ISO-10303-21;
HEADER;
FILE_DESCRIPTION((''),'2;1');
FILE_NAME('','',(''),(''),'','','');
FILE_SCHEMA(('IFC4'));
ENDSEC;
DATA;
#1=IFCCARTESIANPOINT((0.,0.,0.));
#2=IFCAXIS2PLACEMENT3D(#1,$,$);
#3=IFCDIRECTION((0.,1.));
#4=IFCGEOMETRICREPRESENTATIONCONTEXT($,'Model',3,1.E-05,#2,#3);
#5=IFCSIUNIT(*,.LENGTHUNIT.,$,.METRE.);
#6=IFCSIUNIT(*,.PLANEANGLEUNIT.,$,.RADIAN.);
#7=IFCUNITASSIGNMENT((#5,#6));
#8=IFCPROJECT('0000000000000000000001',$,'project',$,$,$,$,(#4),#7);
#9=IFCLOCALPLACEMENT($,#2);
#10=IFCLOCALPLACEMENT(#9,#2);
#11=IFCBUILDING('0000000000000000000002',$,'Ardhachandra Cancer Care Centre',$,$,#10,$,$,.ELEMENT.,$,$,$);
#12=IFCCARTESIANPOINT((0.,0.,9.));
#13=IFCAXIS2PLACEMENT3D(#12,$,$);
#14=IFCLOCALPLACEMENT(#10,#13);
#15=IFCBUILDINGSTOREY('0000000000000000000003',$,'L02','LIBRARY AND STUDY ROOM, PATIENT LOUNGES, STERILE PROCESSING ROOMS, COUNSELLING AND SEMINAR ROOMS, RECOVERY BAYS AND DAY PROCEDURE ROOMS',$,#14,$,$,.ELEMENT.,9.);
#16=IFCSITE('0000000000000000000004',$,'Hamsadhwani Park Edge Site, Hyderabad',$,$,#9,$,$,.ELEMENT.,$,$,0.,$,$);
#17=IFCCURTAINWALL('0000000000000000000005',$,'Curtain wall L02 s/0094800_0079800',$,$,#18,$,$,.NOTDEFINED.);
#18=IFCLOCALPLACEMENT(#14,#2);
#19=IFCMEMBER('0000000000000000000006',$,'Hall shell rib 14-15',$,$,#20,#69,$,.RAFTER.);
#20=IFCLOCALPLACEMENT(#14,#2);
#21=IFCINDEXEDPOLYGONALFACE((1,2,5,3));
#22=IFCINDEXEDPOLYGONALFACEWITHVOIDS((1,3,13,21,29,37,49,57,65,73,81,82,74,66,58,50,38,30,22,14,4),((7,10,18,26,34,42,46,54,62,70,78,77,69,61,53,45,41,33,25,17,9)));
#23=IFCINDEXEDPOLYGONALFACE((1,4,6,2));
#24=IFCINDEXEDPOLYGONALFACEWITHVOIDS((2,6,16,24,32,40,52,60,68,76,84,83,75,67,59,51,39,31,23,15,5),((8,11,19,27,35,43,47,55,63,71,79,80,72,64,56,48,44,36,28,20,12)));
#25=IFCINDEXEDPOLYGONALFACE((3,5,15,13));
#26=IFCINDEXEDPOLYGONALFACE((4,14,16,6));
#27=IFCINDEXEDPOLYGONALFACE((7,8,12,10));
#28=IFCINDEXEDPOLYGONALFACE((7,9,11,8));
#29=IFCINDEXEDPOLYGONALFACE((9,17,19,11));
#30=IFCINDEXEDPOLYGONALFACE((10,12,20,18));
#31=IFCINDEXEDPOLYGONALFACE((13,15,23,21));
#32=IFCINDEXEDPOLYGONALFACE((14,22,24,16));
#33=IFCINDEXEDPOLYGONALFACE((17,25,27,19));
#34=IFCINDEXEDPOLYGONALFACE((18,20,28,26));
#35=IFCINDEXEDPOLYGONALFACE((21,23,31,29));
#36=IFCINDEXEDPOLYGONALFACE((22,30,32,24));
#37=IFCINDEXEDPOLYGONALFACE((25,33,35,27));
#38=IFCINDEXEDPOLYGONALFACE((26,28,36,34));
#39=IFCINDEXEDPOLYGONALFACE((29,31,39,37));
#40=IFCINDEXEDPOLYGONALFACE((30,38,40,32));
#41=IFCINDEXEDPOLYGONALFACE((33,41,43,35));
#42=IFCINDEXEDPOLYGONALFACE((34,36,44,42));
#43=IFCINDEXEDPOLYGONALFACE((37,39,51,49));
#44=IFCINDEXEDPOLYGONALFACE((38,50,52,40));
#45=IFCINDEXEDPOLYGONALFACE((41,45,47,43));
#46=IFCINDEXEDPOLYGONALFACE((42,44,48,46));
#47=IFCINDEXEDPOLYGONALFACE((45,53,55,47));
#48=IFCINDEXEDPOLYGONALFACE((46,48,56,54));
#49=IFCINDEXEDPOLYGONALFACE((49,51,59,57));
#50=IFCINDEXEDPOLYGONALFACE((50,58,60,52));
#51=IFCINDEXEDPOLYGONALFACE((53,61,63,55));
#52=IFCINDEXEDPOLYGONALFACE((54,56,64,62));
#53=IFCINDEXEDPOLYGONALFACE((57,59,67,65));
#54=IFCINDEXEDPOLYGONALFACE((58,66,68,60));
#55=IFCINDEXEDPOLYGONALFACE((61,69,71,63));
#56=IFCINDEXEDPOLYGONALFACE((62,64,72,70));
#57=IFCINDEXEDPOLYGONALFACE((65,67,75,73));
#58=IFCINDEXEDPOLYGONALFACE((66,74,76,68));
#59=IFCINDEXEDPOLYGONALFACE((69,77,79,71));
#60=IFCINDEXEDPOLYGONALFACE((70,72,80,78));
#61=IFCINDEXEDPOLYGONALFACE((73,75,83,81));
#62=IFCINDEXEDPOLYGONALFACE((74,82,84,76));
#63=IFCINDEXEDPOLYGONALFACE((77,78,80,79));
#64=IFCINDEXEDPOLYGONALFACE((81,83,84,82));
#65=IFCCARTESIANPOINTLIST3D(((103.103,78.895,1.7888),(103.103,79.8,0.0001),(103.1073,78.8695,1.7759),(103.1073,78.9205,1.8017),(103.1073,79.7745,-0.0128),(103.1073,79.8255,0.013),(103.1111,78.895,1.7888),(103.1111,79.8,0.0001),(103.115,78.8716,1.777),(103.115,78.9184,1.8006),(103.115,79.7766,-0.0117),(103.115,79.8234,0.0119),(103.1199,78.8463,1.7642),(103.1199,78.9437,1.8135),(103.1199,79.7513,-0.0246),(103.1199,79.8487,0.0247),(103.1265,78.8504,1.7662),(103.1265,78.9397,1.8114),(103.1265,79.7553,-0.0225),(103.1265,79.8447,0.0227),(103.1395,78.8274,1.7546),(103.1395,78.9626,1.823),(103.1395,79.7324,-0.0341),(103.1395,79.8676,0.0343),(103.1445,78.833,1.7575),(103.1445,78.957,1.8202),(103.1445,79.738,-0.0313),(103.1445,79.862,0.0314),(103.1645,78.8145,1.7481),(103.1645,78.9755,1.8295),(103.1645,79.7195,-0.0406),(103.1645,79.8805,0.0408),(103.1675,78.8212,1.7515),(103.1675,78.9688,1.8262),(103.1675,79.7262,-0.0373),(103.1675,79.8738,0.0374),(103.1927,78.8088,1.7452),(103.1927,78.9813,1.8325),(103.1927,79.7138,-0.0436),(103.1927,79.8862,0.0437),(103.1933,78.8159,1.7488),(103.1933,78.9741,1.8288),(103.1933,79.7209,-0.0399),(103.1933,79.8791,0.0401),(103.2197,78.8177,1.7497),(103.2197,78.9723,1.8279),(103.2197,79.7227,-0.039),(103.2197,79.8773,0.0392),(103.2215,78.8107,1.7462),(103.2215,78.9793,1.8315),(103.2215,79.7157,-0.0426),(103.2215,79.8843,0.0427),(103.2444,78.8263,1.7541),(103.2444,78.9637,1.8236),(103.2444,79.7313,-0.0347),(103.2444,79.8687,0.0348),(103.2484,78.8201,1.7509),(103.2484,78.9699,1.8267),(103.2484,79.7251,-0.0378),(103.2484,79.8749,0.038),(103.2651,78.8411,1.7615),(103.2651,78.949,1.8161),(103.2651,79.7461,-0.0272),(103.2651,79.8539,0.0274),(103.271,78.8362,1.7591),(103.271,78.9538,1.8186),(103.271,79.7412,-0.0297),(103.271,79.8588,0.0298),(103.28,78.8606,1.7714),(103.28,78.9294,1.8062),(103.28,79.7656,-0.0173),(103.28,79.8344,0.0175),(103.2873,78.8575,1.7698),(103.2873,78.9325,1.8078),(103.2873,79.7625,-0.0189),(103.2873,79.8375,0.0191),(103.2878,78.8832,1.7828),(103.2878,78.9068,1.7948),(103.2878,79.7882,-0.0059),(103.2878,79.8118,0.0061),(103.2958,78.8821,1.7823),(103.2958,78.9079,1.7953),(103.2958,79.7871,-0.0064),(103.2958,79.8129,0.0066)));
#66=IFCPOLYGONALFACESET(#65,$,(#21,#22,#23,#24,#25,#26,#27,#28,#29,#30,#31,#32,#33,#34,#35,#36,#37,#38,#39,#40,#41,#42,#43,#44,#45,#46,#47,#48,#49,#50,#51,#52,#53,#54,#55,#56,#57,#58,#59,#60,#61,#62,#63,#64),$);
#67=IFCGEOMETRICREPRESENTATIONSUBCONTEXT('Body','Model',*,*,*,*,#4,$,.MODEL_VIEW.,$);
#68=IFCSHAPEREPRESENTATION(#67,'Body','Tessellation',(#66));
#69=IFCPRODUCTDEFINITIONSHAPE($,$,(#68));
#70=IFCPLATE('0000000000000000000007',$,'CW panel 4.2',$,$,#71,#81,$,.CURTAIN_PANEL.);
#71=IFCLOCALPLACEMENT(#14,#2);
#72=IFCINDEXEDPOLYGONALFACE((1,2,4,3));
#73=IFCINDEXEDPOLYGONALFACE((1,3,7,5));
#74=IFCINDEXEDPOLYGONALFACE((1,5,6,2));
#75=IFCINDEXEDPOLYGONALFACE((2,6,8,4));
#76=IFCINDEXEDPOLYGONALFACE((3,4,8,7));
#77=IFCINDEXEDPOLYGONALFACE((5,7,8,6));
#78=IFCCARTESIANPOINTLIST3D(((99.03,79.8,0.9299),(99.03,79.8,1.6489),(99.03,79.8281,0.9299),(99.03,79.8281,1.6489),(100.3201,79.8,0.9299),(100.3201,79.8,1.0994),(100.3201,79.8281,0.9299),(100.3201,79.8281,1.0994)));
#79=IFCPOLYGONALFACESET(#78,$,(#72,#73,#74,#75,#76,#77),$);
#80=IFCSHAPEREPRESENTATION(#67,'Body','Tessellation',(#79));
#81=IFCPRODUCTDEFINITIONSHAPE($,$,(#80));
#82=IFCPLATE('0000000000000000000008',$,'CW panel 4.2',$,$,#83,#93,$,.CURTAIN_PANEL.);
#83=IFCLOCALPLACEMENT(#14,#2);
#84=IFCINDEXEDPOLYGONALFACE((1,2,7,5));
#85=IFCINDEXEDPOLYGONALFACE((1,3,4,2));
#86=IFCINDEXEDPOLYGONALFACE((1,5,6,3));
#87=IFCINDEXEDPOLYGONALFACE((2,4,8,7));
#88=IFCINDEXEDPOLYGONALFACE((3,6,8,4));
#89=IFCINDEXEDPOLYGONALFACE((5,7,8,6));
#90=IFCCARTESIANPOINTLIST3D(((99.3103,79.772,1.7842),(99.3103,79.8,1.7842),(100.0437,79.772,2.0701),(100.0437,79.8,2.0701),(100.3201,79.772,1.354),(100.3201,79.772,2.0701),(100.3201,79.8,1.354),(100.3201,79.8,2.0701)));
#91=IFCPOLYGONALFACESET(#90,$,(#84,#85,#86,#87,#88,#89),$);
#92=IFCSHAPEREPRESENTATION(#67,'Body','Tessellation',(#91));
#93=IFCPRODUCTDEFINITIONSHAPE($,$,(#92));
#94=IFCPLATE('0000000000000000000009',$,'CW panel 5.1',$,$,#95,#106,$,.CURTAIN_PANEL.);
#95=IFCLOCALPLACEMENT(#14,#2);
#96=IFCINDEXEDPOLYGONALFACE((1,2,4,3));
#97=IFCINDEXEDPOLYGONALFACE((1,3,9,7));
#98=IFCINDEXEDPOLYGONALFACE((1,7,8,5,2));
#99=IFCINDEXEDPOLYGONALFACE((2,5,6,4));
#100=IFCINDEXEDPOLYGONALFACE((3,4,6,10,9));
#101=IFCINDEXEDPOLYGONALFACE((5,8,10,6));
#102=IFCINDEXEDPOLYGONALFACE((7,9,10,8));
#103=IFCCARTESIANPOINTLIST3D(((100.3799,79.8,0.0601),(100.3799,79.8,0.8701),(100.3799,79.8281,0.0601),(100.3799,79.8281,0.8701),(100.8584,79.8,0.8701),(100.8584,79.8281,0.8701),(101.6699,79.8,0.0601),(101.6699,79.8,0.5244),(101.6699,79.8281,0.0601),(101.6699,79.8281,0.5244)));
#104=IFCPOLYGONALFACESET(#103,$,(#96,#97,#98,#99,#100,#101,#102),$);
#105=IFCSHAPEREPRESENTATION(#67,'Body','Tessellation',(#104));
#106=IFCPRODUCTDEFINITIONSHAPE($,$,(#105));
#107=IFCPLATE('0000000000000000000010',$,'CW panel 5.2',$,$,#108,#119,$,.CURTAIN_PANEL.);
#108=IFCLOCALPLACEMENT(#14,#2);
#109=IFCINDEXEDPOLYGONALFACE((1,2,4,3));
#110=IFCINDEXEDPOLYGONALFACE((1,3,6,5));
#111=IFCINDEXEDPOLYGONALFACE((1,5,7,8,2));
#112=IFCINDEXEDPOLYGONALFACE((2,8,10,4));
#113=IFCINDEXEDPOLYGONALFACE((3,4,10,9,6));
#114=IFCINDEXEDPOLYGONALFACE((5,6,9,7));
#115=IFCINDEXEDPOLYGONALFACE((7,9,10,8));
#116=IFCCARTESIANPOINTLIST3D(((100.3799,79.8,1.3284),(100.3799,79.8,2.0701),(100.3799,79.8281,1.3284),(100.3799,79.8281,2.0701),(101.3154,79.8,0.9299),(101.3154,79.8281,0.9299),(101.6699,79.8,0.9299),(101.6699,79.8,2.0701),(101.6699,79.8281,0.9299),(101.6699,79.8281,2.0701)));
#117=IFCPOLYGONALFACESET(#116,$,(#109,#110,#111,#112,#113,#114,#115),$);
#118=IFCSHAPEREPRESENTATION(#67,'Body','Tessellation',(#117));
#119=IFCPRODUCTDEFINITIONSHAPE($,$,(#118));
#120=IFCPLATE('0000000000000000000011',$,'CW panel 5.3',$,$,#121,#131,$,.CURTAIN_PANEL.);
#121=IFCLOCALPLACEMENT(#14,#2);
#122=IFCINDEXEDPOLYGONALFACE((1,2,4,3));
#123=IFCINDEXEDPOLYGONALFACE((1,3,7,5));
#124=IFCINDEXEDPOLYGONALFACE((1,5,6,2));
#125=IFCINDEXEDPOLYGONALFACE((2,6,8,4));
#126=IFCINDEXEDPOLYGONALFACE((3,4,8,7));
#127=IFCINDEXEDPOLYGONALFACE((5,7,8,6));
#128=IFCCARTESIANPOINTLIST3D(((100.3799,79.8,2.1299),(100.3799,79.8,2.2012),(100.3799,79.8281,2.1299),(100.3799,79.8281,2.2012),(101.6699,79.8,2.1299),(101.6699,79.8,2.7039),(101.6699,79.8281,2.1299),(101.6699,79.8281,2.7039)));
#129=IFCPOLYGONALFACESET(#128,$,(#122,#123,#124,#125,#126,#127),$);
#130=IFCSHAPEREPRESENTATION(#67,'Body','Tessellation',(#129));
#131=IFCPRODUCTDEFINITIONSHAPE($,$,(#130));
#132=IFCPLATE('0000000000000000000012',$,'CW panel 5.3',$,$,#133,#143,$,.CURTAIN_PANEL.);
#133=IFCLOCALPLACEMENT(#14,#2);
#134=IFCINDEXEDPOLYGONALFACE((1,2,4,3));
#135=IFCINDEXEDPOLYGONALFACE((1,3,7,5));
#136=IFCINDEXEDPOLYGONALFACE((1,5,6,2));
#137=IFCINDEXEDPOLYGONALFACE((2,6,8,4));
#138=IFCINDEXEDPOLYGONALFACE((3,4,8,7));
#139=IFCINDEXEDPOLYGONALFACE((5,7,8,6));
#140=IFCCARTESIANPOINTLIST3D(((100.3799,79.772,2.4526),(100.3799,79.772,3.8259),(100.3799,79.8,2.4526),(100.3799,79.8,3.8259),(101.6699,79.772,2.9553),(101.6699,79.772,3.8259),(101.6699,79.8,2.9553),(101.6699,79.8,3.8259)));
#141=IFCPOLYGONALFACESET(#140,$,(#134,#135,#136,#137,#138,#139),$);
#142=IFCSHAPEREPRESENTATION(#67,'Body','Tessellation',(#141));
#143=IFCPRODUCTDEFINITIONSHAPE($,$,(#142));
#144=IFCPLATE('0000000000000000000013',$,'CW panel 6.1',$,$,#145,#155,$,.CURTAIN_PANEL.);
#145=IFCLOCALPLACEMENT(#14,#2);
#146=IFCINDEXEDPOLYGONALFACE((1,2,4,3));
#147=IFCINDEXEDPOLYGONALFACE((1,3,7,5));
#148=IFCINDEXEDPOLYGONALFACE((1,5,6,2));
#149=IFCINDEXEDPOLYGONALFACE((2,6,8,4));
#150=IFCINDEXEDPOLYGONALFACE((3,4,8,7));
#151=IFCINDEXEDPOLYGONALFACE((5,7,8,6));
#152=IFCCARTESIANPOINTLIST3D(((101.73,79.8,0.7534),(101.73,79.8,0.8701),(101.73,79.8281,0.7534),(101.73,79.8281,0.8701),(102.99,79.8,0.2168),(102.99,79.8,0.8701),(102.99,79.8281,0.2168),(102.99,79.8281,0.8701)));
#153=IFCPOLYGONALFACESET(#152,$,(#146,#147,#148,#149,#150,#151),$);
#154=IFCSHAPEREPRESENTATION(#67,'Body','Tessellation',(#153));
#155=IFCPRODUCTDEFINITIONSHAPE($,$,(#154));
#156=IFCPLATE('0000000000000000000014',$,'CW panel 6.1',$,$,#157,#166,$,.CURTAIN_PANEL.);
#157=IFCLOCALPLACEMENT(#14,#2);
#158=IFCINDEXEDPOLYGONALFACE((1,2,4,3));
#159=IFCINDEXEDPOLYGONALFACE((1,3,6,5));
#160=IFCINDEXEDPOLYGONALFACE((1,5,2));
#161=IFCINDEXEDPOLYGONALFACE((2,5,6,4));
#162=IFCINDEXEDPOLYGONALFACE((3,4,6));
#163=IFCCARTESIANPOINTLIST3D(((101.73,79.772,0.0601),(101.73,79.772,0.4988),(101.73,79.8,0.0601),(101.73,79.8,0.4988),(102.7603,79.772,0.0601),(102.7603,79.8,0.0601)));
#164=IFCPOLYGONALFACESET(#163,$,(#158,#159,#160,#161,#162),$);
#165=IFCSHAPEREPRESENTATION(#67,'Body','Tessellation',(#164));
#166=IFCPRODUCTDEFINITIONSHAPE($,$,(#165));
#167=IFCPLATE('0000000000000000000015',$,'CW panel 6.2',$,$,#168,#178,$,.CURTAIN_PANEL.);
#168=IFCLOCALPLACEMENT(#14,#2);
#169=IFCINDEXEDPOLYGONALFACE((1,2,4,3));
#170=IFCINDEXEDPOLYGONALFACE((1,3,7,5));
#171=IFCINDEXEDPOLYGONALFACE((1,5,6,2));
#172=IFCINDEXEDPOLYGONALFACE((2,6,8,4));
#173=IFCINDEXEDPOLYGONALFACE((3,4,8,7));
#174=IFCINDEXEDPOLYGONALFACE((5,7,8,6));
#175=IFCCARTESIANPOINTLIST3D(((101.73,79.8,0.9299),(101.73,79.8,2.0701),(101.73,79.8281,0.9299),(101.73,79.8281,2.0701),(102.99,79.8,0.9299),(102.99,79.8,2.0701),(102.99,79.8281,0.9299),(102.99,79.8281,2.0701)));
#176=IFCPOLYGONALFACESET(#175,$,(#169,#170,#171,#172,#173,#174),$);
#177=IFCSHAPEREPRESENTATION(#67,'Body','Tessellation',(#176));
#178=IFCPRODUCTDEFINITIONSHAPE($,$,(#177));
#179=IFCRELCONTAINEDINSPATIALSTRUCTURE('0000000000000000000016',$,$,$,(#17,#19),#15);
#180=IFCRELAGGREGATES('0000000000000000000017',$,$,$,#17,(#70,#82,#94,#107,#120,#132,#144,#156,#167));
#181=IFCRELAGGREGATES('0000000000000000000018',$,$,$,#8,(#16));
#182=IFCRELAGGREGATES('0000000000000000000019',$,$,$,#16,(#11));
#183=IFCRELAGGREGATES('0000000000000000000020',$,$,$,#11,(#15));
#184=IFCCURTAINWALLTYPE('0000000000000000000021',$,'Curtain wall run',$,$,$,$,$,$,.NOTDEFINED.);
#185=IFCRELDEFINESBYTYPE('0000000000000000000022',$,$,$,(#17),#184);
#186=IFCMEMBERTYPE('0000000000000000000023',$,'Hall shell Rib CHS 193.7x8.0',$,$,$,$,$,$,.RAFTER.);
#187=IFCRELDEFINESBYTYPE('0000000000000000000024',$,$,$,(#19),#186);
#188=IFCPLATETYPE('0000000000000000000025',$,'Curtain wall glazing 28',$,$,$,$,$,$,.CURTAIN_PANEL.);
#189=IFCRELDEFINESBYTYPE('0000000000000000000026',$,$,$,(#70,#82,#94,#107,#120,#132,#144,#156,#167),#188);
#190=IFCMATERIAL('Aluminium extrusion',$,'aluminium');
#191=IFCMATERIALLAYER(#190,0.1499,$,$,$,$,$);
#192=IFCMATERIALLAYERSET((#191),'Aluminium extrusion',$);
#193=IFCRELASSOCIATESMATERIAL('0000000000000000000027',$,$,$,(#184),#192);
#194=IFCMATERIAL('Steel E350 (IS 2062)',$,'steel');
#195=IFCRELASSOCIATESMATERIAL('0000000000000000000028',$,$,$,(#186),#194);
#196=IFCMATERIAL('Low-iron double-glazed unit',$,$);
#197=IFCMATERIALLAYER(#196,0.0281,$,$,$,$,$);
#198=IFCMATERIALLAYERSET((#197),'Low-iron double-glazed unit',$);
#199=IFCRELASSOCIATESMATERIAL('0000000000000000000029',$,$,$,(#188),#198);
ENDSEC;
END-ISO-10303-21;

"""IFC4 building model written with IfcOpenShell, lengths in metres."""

from ifc_helpers import new_model, si_unit, direction, frame, origin, origin_2d, place, context, subcontext, project, spatial, polyline, hollow_circle, outline, extrude, material, layer, layer_set, material_profile, profile_set, type_object, element, aggregate, save


model = new_model("IFC4")

# Units and contexts
model_context = context("Model", 3, precision=1e-05, world=origin(), true_north=direction((0.0, 1.0)))
body_context = subcontext(model_context, "Body", "Model", "MODEL_VIEW")
ifc_project = project(units=[si_unit("LENGTHUNIT", "METRE"), si_unit("PLANEANGLEUNIT", "RADIAN")], contexts=[model_context])

# Site, building, storey
site_placement = place(None, origin())
site = spatial("IfcSite", under=ifc_project, at=site_placement, Name="Hamsadhwani Park Edge Site, Hyderabad", CompositionType="ELEMENT", RefElevation=0.0)
building_placement = place(site_placement, origin())
building = spatial("IfcBuilding", under=site, at=building_placement, Name="Ardhachandra Cancer Care Centre", CompositionType="ELEMENT")
storey_placement = place(building_placement, frame((0.0, 0.0, 9.0)))
storey = spatial("IfcBuildingStorey", under=building, at=storey_placement, Name="L02", Description="LIBRARY AND STUDY ROOM, PATIENT LOUNGES, STERILE PROCESSING ROOMS, COUNSELLING AND SEMINAR ROOMS, RECOVERY BAYS AND DAY PROCEDURE ROOMS", CompositionType="ELEMENT", Elevation=9.0)

# Curtain wall
ifc_material_1 = material(Name="Aluminium extrusion", Category="aluminium")
ifc_layer_1 = layer(ifc_material_1, 0.1499)
ifc_layer_set_1 = layer_set([ifc_layer_1], Name="Aluminium extrusion")
curtain_wall_type = type_object("IfcCurtainWallType", Name="Curtain wall run", PredefinedType="NOTDEFINED", material=ifc_layer_set_1)
curtain_wall_placement = place(storey_placement, origin())
curtain_wall = element("IfcCurtainWall", 1, at=curtain_wall_placement, inside=storey, type_object=curtain_wall_type, Name="Curtain wall L02 s/0094800_0079800", PredefinedType="NOTDEFINED")

# Member
ifc_material_2 = material(Name="Steel E350 (IS 2062)", Category="steel")
ifc_material_profile_1 = material_profile(ifc_material_2, hollow_circle(Radius=0.0969, WallThickness=0.0081, at=origin_2d()), Name="CHS 193.7x8.0")
ifc_profile_set_1 = profile_set([ifc_material_profile_1], Name="Steel E350 (IS 2062)")
member_type_1 = type_object("IfcMemberType", Name="Hall shell Rib CHS 193.7x8.0", PredefinedType="RAFTER", material=ifc_profile_set_1)
member_1_placement = place(storey_placement, frame((103.2, 78.895, 1.7888), z_axis=(0.0, 0.451447, -0.892298), x_axis=(-1.0, 0.0, 0.0)))
element("IfcMember", 2, at=member_1_placement, inside=storey, type_object=member_type_1, Name="Hall shell rib 14-15", PredefinedType="RAFTER", context=body_context, shape_type="SweptSolid", body=[
    extrude(hollow_circle(Radius=0.0969, WallThickness=0.0081, at=origin_2d()), origin(), (0.0, 0.0, 1.0), 2.0046),
])

# Plates
ifc_material_3 = material(Name="Low-iron double-glazed unit")
ifc_layer_2 = layer(ifc_material_3, 0.0281)
ifc_layer_set_2 = layer_set([ifc_layer_2], Name="Low-iron double-glazed unit")
plate_type_1 = type_object("IfcPlateType", Name="Curtain wall glazing 28", PredefinedType="CURTAIN_PANEL", material=ifc_layer_set_2)
plate_1_placement = place(storey_placement, frame((100.3201, 79.8, 0.9299), z_axis=(0.0, 1.0, 0.0), x_axis=(-1.0, 0.0, 0.0)))
plate_1 = element("IfcPlate", 3, at=plate_1_placement, type_object=plate_type_1, Name="CW panel 4.2", PredefinedType="CURTAIN_PANEL", context=body_context, shape_type="SweptSolid", body=[
    extrude(outline(polyline([(0.0, 0.0), (1.29, 0.0), (1.29, 0.719), (0.0, 0.1694), (0.0, 0.0)])), origin(), (0.0, 0.0, 1.0), 0.0281),
])
plate_2_placement = place(storey_placement, frame((100.3201, 79.8, 2.0701), z_axis=(0.0, 1.0, 0.0), x_axis=(0.0, 0.0, -1.0)))
plate_2 = element("IfcPlate", 4, at=plate_2_placement, type_object=plate_type_1, Name="CW panel 4.2", PredefinedType="CURTAIN_PANEL", context=body_context, shape_type="SweptSolid", body=[
    extrude(outline(polyline([(0.0, 0.0), (0.7161, 0.0), (0.2859, 1.0098), (0.0, 0.2764), (0.0, 0.0)])), frame((0.0, 0.0, -0.0281)), (0.0, 0.0, 1.0), 0.0281),
])
plate_3_placement = place(storey_placement, frame((101.6699, 79.8, 0.0601), z_axis=(0.0, 1.0, 0.0), x_axis=(-1.0, 0.0, 0.0)))
plate_3 = element("IfcPlate", 5, at=plate_3_placement, type_object=plate_type_1, Name="CW panel 5.1", PredefinedType="CURTAIN_PANEL", context=body_context, shape_type="SweptSolid", body=[
    extrude(outline(polyline([(0.0, 0.0), (1.29, 0.0), (1.29, 0.8101), (0.8115, 0.8101), (0.0, 0.4644), (0.0, 0.0)])), origin(), (0.0, 0.0, 1.0), 0.0281),
])
plate_4_placement = place(storey_placement, frame((100.3799, 79.8, 2.0701), z_axis=(0.0, 1.0, 0.0), x_axis=(1.0, 0.0, 0.0)))
plate_4 = element("IfcPlate", 6, at=plate_4_placement, type_object=plate_type_1, Name="CW panel 5.2", PredefinedType="CURTAIN_PANEL", context=body_context, shape_type="SweptSolid", body=[
    extrude(outline(polyline([(0.0, 0.0), (1.29, 0.0), (1.29, 1.1401), (0.9355, 1.1401), (0.0, 0.7417), (0.0, 0.0)])), origin(), (0.0, 0.0, 1.0), 0.0281),
])
plate_5_placement = place(storey_placement, frame((101.6699, 79.8, 2.1299), z_axis=(0.0, 1.0, 0.0), x_axis=(-1.0, 0.0, 0.0)))
plate_5 = element("IfcPlate", 7, at=plate_5_placement, type_object=plate_type_1, Name="CW panel 5.3", PredefinedType="CURTAIN_PANEL", context=body_context, shape_type="SweptSolid", body=[
    extrude(outline(polyline([(0.0, 0.0), (1.29, 0.0), (1.29, 0.0713), (0.0, 0.574), (0.0, 0.0)])), origin(), (0.0, 0.0, 1.0), 0.0281),
])
plate_6_placement = place(storey_placement, frame((100.3799, 79.8, 3.8259), z_axis=(0.0, 1.0, 0.0), x_axis=(1.0, 0.0, 0.0)))
plate_6 = element("IfcPlate", 8, at=plate_6_placement, type_object=plate_type_1, Name="CW panel 5.3", PredefinedType="CURTAIN_PANEL", context=body_context, shape_type="SweptSolid", body=[
    extrude(outline(polyline([(0.0, 0.0), (1.29, 0.0), (1.29, 0.8706), (0.0, 1.3733), (0.0, 0.0)])), frame((0.0, 0.0, -0.0281)), (0.0, 0.0, 1.0), 0.0281),
])
plate_7_placement = place(storey_placement, frame((101.73, 79.8, 0.8701), z_axis=(0.0, 1.0, 0.0), x_axis=(1.0, 0.0, 0.0)))
plate_7 = element("IfcPlate", 9, at=plate_7_placement, type_object=plate_type_1, Name="CW panel 6.1", PredefinedType="CURTAIN_PANEL", context=body_context, shape_type="SweptSolid", body=[
    extrude(outline(polyline([(0.0, 0.0), (1.26, 0.0), (1.26, 0.6533), (0.0, 0.1167), (0.0, 0.0)])), origin(), (0.0, 0.0, 1.0), 0.0281),
])
plate_8_placement = place(storey_placement, frame((101.73, 79.8, 0.0601), z_axis=(0.0, 1.0, 0.0), x_axis=(0.0, 0.0, 1.0)))
plate_8 = element("IfcPlate", 10, at=plate_8_placement, type_object=plate_type_1, Name="CW panel 6.1", PredefinedType="CURTAIN_PANEL", context=body_context, shape_type="SweptSolid", body=[
    extrude(outline(polyline([(0.0, 0.0), (0.4387, 0.0), (0.0, 1.0303), (0.0, 0.0)])), frame((0.0, 0.0, -0.0281)), (0.0, 0.0, 1.0), 0.0281),
])
plate_9_placement = place(storey_placement, frame((101.73, 79.8, 0.9299), z_axis=(0.0, 1.0, 0.0), x_axis=(0.0, 0.0, 1.0)))
plate_9 = element("IfcPlate", 11, at=plate_9_placement, type_object=plate_type_1, Name="CW panel 6.2", PredefinedType="CURTAIN_PANEL", context=body_context, shape_type="SweptSolid", body=[
    extrude(outline(polyline([(0.0, 0.0), (1.1401, 0.0), (1.1401, 1.26), (0.0, 1.26), (0.0, 0.0)])), origin(), (0.0, 0.0, 1.0), 0.0281),
])
aggregate(curtain_wall, [plate_1, plate_2, plate_3, plate_4, plate_5, plate_6, plate_7, plate_8, plate_9])

save(model, "model.ifc")
